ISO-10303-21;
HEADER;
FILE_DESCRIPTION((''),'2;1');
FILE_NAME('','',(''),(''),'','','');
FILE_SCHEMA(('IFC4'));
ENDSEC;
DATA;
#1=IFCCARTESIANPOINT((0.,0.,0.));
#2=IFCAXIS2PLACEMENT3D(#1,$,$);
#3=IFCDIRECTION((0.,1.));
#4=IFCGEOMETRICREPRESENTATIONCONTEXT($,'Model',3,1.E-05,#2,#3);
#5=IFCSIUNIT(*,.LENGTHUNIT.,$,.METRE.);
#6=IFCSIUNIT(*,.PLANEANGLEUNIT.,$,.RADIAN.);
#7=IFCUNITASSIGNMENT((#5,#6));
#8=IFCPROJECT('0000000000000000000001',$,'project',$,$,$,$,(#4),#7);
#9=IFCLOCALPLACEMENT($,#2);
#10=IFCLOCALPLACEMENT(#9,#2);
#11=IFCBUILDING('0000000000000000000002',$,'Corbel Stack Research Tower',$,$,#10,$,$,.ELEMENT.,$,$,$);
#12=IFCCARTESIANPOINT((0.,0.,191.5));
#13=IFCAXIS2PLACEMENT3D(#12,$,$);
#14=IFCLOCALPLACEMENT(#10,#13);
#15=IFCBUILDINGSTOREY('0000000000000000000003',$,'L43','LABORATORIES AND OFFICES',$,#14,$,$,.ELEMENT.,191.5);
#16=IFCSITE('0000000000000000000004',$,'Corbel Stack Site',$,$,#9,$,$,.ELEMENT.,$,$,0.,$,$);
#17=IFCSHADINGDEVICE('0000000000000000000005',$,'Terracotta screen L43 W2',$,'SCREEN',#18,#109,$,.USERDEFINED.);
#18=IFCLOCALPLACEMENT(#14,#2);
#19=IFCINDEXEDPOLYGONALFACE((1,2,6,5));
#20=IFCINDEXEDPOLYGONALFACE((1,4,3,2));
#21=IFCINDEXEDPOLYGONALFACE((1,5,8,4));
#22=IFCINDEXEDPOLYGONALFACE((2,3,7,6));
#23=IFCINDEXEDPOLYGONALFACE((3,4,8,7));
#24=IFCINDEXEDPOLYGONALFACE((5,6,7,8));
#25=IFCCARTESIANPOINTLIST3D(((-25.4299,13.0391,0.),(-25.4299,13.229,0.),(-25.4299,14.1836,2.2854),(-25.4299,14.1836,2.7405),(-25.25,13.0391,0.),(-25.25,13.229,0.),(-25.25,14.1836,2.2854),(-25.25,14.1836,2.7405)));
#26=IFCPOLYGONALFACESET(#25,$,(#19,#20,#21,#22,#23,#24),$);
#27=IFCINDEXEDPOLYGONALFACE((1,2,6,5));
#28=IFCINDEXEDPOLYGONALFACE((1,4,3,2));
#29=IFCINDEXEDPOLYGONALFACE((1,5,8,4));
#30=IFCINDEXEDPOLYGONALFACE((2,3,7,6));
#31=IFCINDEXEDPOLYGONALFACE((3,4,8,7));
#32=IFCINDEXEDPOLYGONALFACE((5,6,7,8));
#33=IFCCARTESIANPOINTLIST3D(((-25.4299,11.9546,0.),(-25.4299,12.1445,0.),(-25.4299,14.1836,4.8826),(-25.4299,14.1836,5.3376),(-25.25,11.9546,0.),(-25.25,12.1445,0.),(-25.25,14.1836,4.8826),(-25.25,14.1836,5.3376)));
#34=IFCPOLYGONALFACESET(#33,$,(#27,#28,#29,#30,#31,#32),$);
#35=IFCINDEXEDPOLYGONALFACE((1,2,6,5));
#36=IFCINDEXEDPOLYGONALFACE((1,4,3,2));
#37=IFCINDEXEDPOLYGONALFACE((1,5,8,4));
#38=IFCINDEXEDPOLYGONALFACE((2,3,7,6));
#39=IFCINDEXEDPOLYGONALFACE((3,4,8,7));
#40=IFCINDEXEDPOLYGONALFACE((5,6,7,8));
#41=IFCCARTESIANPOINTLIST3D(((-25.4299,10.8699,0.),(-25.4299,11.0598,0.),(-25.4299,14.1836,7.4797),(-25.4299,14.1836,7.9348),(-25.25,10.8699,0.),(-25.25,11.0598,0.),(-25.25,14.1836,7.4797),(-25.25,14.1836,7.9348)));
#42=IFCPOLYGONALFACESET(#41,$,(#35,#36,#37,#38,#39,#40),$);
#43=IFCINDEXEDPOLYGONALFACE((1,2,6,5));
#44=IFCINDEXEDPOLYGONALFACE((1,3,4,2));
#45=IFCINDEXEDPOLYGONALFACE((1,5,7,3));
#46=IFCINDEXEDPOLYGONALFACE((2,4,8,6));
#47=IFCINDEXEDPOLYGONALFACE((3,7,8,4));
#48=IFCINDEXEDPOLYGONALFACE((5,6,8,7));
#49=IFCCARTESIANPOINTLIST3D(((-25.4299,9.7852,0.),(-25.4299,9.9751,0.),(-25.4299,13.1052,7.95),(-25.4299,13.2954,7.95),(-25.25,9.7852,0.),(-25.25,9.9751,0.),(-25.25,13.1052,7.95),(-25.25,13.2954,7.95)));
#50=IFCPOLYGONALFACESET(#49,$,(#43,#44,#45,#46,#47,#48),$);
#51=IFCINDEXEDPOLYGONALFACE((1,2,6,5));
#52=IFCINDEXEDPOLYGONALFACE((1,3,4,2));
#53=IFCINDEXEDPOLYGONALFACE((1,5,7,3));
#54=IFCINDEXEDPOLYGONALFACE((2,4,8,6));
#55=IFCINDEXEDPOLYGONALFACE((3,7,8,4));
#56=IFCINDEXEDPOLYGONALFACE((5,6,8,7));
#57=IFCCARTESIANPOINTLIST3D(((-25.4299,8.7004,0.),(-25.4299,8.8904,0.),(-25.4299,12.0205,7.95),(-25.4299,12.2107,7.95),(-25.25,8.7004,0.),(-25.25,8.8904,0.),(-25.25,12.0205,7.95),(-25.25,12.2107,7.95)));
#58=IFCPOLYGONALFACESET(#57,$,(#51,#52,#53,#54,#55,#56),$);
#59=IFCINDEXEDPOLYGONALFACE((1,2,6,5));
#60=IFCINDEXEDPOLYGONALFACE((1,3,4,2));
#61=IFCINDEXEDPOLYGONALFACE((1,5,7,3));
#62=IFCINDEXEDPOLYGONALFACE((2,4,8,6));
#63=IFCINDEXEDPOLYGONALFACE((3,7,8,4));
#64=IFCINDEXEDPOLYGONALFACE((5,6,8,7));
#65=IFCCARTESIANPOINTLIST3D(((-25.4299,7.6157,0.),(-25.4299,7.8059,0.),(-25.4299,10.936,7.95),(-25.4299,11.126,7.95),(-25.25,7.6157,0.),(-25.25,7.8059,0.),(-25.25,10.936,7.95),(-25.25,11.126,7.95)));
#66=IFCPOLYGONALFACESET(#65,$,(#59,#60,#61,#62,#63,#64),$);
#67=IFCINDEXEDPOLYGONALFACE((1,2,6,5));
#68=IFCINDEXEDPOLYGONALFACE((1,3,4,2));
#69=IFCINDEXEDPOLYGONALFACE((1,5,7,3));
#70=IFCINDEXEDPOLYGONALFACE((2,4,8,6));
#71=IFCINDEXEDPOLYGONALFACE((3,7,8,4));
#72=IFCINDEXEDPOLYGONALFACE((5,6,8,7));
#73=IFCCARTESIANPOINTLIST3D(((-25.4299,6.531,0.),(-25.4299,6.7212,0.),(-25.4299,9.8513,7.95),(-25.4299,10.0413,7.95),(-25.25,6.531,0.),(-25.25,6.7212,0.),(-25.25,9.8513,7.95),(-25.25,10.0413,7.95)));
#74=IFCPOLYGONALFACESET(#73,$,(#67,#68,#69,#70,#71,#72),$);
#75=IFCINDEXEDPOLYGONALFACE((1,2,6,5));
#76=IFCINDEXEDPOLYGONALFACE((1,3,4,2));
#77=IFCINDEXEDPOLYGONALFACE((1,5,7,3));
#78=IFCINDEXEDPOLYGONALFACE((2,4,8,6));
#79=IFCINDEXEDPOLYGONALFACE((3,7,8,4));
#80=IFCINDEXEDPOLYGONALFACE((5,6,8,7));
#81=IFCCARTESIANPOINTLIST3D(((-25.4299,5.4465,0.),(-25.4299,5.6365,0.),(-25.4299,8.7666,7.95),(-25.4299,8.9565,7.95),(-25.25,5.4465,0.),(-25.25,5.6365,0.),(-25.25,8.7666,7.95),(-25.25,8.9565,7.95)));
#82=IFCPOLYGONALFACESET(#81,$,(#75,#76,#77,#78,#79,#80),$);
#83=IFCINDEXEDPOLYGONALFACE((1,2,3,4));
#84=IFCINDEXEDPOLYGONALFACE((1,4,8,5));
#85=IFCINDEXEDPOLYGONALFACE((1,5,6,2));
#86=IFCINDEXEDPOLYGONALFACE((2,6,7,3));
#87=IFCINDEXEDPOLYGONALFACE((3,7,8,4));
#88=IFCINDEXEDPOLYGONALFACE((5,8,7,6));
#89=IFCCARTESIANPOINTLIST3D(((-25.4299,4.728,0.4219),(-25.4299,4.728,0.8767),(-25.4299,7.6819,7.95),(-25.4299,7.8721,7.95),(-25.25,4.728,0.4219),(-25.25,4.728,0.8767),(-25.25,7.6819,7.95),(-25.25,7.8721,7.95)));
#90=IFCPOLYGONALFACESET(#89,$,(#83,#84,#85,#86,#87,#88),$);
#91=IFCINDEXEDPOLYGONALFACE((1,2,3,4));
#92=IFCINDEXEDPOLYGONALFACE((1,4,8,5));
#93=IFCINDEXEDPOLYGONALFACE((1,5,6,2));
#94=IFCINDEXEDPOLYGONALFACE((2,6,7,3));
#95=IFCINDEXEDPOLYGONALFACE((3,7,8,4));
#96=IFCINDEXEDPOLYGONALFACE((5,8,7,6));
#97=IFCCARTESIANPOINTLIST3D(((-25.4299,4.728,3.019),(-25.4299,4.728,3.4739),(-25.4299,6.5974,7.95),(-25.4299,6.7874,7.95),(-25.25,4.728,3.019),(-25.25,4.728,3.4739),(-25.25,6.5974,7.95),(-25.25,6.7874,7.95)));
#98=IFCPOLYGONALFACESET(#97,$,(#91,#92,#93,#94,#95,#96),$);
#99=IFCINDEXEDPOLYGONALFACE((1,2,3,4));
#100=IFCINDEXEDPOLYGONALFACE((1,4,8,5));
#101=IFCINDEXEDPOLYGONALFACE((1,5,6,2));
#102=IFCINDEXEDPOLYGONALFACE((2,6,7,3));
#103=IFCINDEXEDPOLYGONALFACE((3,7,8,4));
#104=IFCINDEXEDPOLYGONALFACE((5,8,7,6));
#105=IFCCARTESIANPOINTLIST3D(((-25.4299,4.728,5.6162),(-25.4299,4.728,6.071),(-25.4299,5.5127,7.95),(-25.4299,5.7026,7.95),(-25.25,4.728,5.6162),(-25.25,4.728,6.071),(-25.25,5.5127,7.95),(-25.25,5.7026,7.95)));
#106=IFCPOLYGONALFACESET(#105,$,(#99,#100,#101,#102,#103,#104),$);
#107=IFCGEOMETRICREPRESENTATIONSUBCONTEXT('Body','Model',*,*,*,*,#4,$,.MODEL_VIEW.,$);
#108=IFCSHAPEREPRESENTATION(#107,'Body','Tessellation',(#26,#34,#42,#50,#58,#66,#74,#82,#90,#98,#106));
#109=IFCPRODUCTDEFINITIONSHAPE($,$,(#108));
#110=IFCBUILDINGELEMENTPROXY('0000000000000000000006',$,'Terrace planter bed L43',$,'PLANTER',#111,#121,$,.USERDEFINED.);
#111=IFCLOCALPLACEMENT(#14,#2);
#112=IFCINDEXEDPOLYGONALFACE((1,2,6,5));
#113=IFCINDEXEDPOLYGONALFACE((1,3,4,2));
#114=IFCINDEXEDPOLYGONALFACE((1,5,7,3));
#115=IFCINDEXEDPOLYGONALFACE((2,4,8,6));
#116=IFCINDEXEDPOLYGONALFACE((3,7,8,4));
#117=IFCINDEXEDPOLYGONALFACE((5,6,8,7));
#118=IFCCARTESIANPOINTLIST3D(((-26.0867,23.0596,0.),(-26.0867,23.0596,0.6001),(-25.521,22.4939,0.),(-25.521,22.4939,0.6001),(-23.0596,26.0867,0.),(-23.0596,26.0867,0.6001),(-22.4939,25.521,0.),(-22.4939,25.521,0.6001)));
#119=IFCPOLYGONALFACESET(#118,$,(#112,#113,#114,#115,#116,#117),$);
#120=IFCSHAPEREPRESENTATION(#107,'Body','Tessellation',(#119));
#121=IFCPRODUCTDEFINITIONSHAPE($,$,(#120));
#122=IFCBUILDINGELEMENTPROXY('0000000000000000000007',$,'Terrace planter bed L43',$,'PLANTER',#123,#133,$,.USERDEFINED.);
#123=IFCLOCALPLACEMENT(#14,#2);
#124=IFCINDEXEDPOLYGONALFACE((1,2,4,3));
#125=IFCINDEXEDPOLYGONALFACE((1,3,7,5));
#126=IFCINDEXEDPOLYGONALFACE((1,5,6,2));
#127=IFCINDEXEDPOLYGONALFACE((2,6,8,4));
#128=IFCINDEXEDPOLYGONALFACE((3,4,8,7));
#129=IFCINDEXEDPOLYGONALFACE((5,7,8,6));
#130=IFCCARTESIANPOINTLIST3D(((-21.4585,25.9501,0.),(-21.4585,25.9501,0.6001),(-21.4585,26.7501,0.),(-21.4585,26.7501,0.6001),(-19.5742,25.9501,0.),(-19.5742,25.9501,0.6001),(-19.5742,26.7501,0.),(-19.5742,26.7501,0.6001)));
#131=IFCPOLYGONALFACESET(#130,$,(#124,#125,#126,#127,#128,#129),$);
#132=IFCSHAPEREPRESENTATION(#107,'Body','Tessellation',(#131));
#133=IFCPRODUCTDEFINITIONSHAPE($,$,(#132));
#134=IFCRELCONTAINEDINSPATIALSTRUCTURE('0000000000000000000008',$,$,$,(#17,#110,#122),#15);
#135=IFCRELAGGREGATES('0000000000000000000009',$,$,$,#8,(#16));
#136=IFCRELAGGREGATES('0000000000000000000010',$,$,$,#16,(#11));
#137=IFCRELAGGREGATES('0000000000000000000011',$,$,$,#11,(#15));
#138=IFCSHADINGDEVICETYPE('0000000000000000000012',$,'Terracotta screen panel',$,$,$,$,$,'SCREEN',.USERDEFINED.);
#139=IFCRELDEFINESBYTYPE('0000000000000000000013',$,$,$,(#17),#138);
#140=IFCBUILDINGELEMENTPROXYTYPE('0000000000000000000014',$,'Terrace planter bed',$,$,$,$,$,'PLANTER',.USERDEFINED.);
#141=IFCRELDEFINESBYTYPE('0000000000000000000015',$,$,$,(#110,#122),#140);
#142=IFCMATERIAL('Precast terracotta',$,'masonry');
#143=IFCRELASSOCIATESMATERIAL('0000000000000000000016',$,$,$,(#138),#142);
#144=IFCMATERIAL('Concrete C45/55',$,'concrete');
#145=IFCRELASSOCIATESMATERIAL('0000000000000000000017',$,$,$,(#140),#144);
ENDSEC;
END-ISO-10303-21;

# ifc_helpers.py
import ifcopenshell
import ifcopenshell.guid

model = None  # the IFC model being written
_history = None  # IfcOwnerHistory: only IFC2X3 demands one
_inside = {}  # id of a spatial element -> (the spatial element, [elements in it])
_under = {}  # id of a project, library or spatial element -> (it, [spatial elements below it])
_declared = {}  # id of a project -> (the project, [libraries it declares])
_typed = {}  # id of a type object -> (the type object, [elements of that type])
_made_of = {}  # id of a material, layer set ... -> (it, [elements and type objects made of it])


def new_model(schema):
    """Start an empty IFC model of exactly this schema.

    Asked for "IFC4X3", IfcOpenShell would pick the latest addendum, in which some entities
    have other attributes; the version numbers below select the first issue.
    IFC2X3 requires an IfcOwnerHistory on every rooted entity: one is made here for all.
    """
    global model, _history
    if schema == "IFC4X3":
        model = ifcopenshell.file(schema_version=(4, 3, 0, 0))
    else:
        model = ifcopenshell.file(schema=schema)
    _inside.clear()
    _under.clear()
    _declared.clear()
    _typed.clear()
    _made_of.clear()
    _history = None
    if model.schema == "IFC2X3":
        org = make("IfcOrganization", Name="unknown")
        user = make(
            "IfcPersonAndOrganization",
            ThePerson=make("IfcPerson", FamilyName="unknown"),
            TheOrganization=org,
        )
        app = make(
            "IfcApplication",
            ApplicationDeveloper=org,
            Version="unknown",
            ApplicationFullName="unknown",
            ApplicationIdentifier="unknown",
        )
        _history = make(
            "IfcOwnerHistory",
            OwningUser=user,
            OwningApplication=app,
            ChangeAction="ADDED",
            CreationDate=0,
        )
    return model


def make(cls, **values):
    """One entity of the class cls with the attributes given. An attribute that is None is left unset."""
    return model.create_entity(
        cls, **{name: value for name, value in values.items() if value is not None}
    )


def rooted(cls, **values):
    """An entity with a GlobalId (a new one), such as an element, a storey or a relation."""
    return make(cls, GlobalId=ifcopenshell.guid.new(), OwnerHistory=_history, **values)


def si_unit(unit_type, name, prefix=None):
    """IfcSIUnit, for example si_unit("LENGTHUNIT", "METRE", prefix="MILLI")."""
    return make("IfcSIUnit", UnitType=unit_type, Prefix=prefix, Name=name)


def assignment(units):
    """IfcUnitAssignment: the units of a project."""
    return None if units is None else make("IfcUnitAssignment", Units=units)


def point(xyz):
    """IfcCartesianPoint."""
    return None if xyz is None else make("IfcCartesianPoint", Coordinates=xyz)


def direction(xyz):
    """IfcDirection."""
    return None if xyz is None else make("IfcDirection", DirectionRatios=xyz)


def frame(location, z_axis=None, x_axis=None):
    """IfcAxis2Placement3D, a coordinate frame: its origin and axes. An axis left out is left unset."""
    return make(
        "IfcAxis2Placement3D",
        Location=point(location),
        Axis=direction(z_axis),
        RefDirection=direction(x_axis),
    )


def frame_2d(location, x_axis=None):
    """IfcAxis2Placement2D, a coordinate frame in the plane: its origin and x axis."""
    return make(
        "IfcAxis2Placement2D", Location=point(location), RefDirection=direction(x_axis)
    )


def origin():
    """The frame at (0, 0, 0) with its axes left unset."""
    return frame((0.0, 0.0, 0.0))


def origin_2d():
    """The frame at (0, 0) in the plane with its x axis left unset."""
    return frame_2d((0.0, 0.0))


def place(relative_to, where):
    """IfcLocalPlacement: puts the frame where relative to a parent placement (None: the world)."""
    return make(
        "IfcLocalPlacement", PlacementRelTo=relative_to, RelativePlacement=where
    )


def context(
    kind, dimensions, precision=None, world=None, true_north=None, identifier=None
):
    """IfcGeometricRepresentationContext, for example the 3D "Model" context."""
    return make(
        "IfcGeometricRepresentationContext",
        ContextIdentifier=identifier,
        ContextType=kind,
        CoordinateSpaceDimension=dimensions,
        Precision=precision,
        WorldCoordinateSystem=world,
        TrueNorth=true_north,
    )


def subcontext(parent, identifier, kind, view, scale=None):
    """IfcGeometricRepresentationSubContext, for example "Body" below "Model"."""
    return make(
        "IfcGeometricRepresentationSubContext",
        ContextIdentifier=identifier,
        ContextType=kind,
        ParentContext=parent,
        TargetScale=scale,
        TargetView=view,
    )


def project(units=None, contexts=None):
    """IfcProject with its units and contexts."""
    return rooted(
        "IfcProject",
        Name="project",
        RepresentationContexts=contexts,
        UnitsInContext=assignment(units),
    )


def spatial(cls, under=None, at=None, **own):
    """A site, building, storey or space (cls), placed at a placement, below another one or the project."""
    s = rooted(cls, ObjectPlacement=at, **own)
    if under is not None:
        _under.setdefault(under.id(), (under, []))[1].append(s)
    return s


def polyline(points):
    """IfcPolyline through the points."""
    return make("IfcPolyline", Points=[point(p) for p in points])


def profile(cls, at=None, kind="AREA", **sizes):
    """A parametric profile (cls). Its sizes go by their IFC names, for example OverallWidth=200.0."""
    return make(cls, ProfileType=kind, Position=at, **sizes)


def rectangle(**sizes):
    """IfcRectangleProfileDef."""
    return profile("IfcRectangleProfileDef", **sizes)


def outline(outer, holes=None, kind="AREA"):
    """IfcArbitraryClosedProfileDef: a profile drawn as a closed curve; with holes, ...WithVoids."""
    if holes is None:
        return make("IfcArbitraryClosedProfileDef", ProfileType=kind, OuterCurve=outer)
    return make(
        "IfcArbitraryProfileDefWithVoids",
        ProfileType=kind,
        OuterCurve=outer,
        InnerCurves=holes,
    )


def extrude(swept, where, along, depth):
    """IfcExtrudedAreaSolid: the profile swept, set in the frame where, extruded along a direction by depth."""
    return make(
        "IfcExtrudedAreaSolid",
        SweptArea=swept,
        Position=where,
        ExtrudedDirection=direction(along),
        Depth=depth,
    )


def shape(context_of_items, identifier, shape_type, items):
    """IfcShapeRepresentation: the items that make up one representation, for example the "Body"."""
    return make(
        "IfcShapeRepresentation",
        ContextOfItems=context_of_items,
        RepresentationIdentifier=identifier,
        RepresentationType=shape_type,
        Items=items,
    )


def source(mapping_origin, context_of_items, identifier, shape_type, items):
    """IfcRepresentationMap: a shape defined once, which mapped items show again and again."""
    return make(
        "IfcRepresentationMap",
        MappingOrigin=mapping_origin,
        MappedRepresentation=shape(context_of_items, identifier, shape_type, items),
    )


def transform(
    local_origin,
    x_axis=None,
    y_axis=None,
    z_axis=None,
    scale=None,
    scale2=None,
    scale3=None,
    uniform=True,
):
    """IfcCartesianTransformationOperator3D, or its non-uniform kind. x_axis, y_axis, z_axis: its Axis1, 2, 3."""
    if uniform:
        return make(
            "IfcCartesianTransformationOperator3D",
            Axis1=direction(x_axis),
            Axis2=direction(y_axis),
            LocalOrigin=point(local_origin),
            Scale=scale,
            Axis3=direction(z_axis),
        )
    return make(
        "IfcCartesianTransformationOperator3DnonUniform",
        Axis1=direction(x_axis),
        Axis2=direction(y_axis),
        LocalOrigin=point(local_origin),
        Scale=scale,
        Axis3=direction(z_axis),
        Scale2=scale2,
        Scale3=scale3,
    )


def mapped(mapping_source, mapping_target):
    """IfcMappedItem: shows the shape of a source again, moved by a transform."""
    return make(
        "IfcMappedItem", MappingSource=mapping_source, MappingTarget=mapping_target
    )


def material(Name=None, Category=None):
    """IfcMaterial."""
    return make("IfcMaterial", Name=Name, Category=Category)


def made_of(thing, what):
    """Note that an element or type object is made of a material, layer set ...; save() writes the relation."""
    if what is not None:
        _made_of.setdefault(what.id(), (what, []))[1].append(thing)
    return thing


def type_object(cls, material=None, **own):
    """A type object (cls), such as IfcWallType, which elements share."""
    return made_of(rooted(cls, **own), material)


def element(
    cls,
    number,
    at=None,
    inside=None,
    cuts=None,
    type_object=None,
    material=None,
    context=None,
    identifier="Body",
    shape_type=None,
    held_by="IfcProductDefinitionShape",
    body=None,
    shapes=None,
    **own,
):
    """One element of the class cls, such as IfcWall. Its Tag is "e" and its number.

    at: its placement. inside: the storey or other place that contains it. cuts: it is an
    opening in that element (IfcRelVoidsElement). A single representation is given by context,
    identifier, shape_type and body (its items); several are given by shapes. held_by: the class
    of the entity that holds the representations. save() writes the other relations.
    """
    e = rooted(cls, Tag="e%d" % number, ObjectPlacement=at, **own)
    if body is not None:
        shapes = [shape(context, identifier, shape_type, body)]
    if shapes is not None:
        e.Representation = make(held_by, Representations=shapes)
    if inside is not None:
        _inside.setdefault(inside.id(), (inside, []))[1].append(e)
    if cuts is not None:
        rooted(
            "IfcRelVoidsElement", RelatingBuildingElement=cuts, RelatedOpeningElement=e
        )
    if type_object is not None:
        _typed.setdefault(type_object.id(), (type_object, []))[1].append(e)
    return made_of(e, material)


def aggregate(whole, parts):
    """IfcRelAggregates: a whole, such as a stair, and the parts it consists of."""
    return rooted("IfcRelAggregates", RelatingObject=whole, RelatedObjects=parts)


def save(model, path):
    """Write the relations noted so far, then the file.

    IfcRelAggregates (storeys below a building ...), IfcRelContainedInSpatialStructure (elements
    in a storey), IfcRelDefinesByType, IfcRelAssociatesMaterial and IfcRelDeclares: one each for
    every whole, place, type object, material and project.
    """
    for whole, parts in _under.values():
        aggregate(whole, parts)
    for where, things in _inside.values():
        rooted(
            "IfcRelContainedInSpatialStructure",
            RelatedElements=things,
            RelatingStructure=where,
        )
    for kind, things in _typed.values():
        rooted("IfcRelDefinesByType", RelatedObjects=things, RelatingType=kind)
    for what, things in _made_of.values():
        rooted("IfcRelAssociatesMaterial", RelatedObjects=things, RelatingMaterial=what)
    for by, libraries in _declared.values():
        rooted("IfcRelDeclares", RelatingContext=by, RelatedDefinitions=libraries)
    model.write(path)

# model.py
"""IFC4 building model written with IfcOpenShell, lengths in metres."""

from ifc_helpers import new_model, si_unit, direction, frame, origin, origin_2d, place, context, subcontext, project, spatial, polyline, rectangle, outline, extrude, source, transform, mapped, material, type_object, element, save


model = new_model("IFC4")

# Units and contexts
model_context = context("Model", 3, precision=1e-05, world=origin(), true_north=direction((0.0, 1.0)))
body_context = subcontext(model_context, "Body", "Model", "MODEL_VIEW")
ifc_project = project(units=[si_unit("LENGTHUNIT", "METRE"), si_unit("PLANEANGLEUNIT", "RADIAN")], contexts=[model_context])

# Site, building, storey
site_placement = place(None, origin())
site = spatial("IfcSite", under=ifc_project, at=site_placement, Name="Corbel Stack Site", CompositionType="ELEMENT", RefElevation=0.0)
building_placement = place(site_placement, origin())
building = spatial("IfcBuilding", under=site, at=building_placement, Name="Corbel Stack Research Tower", CompositionType="ELEMENT")
storey_placement = place(building_placement, frame((0.0, 0.0, 191.5)))
storey = spatial("IfcBuildingStorey", under=building, at=storey_placement, Name="L43", Description="LABORATORIES AND OFFICES", CompositionType="ELEMENT", Elevation=191.5)

# Shading device
ifc_material_1 = material(Name="Precast terracotta", Category="masonry")
shading_device_type = type_object("IfcShadingDeviceType", Name="Terracotta screen panel", ElementType="SCREEN", PredefinedType="USERDEFINED", material=ifc_material_1)
shared_shape_1 = source(origin(), body_context, "Body", "SweptSolid", [
    extrude(outline(polyline([(1.1445, 0.0), (0.0, 2.7405), (0.0, 2.2854), (0.9546, 0.0), (1.1445, 0.0)])), frame((0.0, 0.0, 0.0), z_axis=(0.0, -1.0, 0.0), x_axis=(1.0, 0.0, 0.0)), (0.0, 0.0, 1.0), 0.1799),
    extrude(outline(polyline([(2.229, 0.0), (0.0, 5.3376), (0.0, 4.8826), (2.0391, 0.0), (2.229, 0.0)])), frame((0.0, 0.0, 0.0), z_axis=(0.0, -1.0, 0.0), x_axis=(1.0, 0.0, 0.0)), (0.0, 0.0, 1.0), 0.1799),
    extrude(outline(polyline([(3.3137, 0.0), (0.0, 7.9348), (0.0, 7.4797), (3.1238, 0.0), (3.3137, 0.0)])), frame((0.0, 0.0, 0.0), z_axis=(0.0, -1.0, 0.0), x_axis=(1.0, 0.0, 0.0)), (0.0, 0.0, 1.0), 0.1799),
    extrude(outline(polyline([(4.3984, 0.0), (1.0784, 7.95), (0.8882, 7.95), (4.2085, 0.0), (4.3984, 0.0)])), frame((0.0, 0.0, 0.0), z_axis=(0.0, -1.0, 0.0), x_axis=(1.0, 0.0, 0.0)), (0.0, 0.0, 1.0), 0.1799),
    extrude(outline(polyline([(5.4832, 0.0), (2.1631, 7.95), (1.9729, 7.95), (5.2932, 0.0), (5.4832, 0.0)])), frame((0.0, 0.0, 0.0), z_axis=(0.0, -1.0, 0.0), x_axis=(1.0, 0.0, 0.0)), (0.0, 0.0, 1.0), 0.1799),
    extrude(outline(polyline([(6.5679, 0.0), (3.2476, 7.95), (3.0576, 7.95), (6.3777, 0.0), (6.5679, 0.0)])), frame((0.0, 0.0, 0.0), z_axis=(0.0, -1.0, 0.0), x_axis=(1.0, 0.0, 0.0)), (0.0, 0.0, 1.0), 0.1799),
    extrude(outline(polyline([(7.6526, 0.0), (4.3323, 7.95), (4.1423, 7.95), (7.4624, 0.0), (7.6526, 0.0)])), frame((0.0, 0.0, 0.0), z_axis=(0.0, -1.0, 0.0), x_axis=(1.0, 0.0, 0.0)), (0.0, 0.0, 1.0), 0.1799),
    extrude(outline(polyline([(8.7371, 0.0), (5.417, 7.95), (5.2271, 7.95), (8.5471, 0.0), (8.7371, 0.0)])), frame((0.0, 0.0, 0.0), z_axis=(0.0, -1.0, 0.0), x_axis=(1.0, 0.0, 0.0)), (0.0, 0.0, 1.0), 0.1799),
    extrude(outline(polyline([(6.5017, 7.95), (6.3115, 7.95), (9.4556, 0.4219), (9.4556, 0.8767), (6.5017, 7.95)])), frame((0.0, 0.0, 0.0), z_axis=(0.0, -1.0, 0.0), x_axis=(1.0, 0.0, 0.0)), (0.0, 0.0, 1.0), 0.1799),
    extrude(outline(polyline([(7.5862, 7.95), (7.3962, 7.95), (9.4556, 3.019), (9.4556, 3.4739), (7.5862, 7.95)])), frame((0.0, 0.0, 0.0), z_axis=(0.0, -1.0, 0.0), x_axis=(1.0, 0.0, 0.0)), (0.0, 0.0, 1.0), 0.1799),
    extrude(outline(polyline([(8.6709, 7.95), (8.481, 7.95), (9.4556, 5.6162), (9.4556, 6.071), (8.6709, 7.95)])), frame((0.0, 0.0, 0.0), z_axis=(0.0, -1.0, 0.0), x_axis=(1.0, 0.0, 0.0)), (0.0, 0.0, 1.0), 0.1799),
])
shading_device_1_placement = place(storey_placement, frame((-25.25, 14.1836, 0.0), z_axis=(0.0, 0.0, 1.0), x_axis=(0.0, -1.0, 0.0)))
element("IfcShadingDevice", 1, at=shading_device_1_placement, inside=storey, type_object=shading_device_type, Name="Terracotta screen L43 W2", ObjectType="SCREEN", PredefinedType="USERDEFINED", context=body_context, shape_type="MappedRepresentation", body=[
    mapped(shared_shape_1, transform((0.0, 0.0, 0.0))),
])

# Building element proxies
ifc_material_2 = material(Name="Concrete C45/55", Category="concrete")
building_element_proxy_type = type_object("IfcBuildingElementProxyType", Name="Terrace planter bed", ElementType="PLANTER", PredefinedType="USERDEFINED", material=ifc_material_2)
proxy_1_placement = place(storey_placement, frame((-24.2903, 24.2903, 0.0), z_axis=(0.0, 0.0, 1.0), x_axis=(0.707107, 0.707107, 0.0)))
element("IfcBuildingElementProxy", 2, at=proxy_1_placement, inside=storey, type_object=building_element_proxy_type, Name="Terrace planter bed L43", ObjectType="PLANTER", PredefinedType="USERDEFINED", context=body_context, shape_type="SweptSolid", body=[
    extrude(rectangle(XDim=4.281, YDim=0.8, at=origin_2d()), origin(), (0.0, 0.0, 1.0), 0.6001),
])
proxy_2_placement = place(storey_placement, frame((-20.5164, 26.3501, 0.0), z_axis=(0.0, 0.0, 1.0), x_axis=(1.0, 0.0, 0.0)))
element("IfcBuildingElementProxy", 3, at=proxy_2_placement, inside=storey, type_object=building_element_proxy_type, Name="Terrace planter bed L43", ObjectType="PLANTER", PredefinedType="USERDEFINED", context=body_context, shape_type="SweptSolid", body=[
    extrude(rectangle(XDim=1.8843, YDim=0.8, at=origin_2d()), origin(), (0.0, 0.0, 1.0), 0.6001),
])

save(model, "model.ifc")
